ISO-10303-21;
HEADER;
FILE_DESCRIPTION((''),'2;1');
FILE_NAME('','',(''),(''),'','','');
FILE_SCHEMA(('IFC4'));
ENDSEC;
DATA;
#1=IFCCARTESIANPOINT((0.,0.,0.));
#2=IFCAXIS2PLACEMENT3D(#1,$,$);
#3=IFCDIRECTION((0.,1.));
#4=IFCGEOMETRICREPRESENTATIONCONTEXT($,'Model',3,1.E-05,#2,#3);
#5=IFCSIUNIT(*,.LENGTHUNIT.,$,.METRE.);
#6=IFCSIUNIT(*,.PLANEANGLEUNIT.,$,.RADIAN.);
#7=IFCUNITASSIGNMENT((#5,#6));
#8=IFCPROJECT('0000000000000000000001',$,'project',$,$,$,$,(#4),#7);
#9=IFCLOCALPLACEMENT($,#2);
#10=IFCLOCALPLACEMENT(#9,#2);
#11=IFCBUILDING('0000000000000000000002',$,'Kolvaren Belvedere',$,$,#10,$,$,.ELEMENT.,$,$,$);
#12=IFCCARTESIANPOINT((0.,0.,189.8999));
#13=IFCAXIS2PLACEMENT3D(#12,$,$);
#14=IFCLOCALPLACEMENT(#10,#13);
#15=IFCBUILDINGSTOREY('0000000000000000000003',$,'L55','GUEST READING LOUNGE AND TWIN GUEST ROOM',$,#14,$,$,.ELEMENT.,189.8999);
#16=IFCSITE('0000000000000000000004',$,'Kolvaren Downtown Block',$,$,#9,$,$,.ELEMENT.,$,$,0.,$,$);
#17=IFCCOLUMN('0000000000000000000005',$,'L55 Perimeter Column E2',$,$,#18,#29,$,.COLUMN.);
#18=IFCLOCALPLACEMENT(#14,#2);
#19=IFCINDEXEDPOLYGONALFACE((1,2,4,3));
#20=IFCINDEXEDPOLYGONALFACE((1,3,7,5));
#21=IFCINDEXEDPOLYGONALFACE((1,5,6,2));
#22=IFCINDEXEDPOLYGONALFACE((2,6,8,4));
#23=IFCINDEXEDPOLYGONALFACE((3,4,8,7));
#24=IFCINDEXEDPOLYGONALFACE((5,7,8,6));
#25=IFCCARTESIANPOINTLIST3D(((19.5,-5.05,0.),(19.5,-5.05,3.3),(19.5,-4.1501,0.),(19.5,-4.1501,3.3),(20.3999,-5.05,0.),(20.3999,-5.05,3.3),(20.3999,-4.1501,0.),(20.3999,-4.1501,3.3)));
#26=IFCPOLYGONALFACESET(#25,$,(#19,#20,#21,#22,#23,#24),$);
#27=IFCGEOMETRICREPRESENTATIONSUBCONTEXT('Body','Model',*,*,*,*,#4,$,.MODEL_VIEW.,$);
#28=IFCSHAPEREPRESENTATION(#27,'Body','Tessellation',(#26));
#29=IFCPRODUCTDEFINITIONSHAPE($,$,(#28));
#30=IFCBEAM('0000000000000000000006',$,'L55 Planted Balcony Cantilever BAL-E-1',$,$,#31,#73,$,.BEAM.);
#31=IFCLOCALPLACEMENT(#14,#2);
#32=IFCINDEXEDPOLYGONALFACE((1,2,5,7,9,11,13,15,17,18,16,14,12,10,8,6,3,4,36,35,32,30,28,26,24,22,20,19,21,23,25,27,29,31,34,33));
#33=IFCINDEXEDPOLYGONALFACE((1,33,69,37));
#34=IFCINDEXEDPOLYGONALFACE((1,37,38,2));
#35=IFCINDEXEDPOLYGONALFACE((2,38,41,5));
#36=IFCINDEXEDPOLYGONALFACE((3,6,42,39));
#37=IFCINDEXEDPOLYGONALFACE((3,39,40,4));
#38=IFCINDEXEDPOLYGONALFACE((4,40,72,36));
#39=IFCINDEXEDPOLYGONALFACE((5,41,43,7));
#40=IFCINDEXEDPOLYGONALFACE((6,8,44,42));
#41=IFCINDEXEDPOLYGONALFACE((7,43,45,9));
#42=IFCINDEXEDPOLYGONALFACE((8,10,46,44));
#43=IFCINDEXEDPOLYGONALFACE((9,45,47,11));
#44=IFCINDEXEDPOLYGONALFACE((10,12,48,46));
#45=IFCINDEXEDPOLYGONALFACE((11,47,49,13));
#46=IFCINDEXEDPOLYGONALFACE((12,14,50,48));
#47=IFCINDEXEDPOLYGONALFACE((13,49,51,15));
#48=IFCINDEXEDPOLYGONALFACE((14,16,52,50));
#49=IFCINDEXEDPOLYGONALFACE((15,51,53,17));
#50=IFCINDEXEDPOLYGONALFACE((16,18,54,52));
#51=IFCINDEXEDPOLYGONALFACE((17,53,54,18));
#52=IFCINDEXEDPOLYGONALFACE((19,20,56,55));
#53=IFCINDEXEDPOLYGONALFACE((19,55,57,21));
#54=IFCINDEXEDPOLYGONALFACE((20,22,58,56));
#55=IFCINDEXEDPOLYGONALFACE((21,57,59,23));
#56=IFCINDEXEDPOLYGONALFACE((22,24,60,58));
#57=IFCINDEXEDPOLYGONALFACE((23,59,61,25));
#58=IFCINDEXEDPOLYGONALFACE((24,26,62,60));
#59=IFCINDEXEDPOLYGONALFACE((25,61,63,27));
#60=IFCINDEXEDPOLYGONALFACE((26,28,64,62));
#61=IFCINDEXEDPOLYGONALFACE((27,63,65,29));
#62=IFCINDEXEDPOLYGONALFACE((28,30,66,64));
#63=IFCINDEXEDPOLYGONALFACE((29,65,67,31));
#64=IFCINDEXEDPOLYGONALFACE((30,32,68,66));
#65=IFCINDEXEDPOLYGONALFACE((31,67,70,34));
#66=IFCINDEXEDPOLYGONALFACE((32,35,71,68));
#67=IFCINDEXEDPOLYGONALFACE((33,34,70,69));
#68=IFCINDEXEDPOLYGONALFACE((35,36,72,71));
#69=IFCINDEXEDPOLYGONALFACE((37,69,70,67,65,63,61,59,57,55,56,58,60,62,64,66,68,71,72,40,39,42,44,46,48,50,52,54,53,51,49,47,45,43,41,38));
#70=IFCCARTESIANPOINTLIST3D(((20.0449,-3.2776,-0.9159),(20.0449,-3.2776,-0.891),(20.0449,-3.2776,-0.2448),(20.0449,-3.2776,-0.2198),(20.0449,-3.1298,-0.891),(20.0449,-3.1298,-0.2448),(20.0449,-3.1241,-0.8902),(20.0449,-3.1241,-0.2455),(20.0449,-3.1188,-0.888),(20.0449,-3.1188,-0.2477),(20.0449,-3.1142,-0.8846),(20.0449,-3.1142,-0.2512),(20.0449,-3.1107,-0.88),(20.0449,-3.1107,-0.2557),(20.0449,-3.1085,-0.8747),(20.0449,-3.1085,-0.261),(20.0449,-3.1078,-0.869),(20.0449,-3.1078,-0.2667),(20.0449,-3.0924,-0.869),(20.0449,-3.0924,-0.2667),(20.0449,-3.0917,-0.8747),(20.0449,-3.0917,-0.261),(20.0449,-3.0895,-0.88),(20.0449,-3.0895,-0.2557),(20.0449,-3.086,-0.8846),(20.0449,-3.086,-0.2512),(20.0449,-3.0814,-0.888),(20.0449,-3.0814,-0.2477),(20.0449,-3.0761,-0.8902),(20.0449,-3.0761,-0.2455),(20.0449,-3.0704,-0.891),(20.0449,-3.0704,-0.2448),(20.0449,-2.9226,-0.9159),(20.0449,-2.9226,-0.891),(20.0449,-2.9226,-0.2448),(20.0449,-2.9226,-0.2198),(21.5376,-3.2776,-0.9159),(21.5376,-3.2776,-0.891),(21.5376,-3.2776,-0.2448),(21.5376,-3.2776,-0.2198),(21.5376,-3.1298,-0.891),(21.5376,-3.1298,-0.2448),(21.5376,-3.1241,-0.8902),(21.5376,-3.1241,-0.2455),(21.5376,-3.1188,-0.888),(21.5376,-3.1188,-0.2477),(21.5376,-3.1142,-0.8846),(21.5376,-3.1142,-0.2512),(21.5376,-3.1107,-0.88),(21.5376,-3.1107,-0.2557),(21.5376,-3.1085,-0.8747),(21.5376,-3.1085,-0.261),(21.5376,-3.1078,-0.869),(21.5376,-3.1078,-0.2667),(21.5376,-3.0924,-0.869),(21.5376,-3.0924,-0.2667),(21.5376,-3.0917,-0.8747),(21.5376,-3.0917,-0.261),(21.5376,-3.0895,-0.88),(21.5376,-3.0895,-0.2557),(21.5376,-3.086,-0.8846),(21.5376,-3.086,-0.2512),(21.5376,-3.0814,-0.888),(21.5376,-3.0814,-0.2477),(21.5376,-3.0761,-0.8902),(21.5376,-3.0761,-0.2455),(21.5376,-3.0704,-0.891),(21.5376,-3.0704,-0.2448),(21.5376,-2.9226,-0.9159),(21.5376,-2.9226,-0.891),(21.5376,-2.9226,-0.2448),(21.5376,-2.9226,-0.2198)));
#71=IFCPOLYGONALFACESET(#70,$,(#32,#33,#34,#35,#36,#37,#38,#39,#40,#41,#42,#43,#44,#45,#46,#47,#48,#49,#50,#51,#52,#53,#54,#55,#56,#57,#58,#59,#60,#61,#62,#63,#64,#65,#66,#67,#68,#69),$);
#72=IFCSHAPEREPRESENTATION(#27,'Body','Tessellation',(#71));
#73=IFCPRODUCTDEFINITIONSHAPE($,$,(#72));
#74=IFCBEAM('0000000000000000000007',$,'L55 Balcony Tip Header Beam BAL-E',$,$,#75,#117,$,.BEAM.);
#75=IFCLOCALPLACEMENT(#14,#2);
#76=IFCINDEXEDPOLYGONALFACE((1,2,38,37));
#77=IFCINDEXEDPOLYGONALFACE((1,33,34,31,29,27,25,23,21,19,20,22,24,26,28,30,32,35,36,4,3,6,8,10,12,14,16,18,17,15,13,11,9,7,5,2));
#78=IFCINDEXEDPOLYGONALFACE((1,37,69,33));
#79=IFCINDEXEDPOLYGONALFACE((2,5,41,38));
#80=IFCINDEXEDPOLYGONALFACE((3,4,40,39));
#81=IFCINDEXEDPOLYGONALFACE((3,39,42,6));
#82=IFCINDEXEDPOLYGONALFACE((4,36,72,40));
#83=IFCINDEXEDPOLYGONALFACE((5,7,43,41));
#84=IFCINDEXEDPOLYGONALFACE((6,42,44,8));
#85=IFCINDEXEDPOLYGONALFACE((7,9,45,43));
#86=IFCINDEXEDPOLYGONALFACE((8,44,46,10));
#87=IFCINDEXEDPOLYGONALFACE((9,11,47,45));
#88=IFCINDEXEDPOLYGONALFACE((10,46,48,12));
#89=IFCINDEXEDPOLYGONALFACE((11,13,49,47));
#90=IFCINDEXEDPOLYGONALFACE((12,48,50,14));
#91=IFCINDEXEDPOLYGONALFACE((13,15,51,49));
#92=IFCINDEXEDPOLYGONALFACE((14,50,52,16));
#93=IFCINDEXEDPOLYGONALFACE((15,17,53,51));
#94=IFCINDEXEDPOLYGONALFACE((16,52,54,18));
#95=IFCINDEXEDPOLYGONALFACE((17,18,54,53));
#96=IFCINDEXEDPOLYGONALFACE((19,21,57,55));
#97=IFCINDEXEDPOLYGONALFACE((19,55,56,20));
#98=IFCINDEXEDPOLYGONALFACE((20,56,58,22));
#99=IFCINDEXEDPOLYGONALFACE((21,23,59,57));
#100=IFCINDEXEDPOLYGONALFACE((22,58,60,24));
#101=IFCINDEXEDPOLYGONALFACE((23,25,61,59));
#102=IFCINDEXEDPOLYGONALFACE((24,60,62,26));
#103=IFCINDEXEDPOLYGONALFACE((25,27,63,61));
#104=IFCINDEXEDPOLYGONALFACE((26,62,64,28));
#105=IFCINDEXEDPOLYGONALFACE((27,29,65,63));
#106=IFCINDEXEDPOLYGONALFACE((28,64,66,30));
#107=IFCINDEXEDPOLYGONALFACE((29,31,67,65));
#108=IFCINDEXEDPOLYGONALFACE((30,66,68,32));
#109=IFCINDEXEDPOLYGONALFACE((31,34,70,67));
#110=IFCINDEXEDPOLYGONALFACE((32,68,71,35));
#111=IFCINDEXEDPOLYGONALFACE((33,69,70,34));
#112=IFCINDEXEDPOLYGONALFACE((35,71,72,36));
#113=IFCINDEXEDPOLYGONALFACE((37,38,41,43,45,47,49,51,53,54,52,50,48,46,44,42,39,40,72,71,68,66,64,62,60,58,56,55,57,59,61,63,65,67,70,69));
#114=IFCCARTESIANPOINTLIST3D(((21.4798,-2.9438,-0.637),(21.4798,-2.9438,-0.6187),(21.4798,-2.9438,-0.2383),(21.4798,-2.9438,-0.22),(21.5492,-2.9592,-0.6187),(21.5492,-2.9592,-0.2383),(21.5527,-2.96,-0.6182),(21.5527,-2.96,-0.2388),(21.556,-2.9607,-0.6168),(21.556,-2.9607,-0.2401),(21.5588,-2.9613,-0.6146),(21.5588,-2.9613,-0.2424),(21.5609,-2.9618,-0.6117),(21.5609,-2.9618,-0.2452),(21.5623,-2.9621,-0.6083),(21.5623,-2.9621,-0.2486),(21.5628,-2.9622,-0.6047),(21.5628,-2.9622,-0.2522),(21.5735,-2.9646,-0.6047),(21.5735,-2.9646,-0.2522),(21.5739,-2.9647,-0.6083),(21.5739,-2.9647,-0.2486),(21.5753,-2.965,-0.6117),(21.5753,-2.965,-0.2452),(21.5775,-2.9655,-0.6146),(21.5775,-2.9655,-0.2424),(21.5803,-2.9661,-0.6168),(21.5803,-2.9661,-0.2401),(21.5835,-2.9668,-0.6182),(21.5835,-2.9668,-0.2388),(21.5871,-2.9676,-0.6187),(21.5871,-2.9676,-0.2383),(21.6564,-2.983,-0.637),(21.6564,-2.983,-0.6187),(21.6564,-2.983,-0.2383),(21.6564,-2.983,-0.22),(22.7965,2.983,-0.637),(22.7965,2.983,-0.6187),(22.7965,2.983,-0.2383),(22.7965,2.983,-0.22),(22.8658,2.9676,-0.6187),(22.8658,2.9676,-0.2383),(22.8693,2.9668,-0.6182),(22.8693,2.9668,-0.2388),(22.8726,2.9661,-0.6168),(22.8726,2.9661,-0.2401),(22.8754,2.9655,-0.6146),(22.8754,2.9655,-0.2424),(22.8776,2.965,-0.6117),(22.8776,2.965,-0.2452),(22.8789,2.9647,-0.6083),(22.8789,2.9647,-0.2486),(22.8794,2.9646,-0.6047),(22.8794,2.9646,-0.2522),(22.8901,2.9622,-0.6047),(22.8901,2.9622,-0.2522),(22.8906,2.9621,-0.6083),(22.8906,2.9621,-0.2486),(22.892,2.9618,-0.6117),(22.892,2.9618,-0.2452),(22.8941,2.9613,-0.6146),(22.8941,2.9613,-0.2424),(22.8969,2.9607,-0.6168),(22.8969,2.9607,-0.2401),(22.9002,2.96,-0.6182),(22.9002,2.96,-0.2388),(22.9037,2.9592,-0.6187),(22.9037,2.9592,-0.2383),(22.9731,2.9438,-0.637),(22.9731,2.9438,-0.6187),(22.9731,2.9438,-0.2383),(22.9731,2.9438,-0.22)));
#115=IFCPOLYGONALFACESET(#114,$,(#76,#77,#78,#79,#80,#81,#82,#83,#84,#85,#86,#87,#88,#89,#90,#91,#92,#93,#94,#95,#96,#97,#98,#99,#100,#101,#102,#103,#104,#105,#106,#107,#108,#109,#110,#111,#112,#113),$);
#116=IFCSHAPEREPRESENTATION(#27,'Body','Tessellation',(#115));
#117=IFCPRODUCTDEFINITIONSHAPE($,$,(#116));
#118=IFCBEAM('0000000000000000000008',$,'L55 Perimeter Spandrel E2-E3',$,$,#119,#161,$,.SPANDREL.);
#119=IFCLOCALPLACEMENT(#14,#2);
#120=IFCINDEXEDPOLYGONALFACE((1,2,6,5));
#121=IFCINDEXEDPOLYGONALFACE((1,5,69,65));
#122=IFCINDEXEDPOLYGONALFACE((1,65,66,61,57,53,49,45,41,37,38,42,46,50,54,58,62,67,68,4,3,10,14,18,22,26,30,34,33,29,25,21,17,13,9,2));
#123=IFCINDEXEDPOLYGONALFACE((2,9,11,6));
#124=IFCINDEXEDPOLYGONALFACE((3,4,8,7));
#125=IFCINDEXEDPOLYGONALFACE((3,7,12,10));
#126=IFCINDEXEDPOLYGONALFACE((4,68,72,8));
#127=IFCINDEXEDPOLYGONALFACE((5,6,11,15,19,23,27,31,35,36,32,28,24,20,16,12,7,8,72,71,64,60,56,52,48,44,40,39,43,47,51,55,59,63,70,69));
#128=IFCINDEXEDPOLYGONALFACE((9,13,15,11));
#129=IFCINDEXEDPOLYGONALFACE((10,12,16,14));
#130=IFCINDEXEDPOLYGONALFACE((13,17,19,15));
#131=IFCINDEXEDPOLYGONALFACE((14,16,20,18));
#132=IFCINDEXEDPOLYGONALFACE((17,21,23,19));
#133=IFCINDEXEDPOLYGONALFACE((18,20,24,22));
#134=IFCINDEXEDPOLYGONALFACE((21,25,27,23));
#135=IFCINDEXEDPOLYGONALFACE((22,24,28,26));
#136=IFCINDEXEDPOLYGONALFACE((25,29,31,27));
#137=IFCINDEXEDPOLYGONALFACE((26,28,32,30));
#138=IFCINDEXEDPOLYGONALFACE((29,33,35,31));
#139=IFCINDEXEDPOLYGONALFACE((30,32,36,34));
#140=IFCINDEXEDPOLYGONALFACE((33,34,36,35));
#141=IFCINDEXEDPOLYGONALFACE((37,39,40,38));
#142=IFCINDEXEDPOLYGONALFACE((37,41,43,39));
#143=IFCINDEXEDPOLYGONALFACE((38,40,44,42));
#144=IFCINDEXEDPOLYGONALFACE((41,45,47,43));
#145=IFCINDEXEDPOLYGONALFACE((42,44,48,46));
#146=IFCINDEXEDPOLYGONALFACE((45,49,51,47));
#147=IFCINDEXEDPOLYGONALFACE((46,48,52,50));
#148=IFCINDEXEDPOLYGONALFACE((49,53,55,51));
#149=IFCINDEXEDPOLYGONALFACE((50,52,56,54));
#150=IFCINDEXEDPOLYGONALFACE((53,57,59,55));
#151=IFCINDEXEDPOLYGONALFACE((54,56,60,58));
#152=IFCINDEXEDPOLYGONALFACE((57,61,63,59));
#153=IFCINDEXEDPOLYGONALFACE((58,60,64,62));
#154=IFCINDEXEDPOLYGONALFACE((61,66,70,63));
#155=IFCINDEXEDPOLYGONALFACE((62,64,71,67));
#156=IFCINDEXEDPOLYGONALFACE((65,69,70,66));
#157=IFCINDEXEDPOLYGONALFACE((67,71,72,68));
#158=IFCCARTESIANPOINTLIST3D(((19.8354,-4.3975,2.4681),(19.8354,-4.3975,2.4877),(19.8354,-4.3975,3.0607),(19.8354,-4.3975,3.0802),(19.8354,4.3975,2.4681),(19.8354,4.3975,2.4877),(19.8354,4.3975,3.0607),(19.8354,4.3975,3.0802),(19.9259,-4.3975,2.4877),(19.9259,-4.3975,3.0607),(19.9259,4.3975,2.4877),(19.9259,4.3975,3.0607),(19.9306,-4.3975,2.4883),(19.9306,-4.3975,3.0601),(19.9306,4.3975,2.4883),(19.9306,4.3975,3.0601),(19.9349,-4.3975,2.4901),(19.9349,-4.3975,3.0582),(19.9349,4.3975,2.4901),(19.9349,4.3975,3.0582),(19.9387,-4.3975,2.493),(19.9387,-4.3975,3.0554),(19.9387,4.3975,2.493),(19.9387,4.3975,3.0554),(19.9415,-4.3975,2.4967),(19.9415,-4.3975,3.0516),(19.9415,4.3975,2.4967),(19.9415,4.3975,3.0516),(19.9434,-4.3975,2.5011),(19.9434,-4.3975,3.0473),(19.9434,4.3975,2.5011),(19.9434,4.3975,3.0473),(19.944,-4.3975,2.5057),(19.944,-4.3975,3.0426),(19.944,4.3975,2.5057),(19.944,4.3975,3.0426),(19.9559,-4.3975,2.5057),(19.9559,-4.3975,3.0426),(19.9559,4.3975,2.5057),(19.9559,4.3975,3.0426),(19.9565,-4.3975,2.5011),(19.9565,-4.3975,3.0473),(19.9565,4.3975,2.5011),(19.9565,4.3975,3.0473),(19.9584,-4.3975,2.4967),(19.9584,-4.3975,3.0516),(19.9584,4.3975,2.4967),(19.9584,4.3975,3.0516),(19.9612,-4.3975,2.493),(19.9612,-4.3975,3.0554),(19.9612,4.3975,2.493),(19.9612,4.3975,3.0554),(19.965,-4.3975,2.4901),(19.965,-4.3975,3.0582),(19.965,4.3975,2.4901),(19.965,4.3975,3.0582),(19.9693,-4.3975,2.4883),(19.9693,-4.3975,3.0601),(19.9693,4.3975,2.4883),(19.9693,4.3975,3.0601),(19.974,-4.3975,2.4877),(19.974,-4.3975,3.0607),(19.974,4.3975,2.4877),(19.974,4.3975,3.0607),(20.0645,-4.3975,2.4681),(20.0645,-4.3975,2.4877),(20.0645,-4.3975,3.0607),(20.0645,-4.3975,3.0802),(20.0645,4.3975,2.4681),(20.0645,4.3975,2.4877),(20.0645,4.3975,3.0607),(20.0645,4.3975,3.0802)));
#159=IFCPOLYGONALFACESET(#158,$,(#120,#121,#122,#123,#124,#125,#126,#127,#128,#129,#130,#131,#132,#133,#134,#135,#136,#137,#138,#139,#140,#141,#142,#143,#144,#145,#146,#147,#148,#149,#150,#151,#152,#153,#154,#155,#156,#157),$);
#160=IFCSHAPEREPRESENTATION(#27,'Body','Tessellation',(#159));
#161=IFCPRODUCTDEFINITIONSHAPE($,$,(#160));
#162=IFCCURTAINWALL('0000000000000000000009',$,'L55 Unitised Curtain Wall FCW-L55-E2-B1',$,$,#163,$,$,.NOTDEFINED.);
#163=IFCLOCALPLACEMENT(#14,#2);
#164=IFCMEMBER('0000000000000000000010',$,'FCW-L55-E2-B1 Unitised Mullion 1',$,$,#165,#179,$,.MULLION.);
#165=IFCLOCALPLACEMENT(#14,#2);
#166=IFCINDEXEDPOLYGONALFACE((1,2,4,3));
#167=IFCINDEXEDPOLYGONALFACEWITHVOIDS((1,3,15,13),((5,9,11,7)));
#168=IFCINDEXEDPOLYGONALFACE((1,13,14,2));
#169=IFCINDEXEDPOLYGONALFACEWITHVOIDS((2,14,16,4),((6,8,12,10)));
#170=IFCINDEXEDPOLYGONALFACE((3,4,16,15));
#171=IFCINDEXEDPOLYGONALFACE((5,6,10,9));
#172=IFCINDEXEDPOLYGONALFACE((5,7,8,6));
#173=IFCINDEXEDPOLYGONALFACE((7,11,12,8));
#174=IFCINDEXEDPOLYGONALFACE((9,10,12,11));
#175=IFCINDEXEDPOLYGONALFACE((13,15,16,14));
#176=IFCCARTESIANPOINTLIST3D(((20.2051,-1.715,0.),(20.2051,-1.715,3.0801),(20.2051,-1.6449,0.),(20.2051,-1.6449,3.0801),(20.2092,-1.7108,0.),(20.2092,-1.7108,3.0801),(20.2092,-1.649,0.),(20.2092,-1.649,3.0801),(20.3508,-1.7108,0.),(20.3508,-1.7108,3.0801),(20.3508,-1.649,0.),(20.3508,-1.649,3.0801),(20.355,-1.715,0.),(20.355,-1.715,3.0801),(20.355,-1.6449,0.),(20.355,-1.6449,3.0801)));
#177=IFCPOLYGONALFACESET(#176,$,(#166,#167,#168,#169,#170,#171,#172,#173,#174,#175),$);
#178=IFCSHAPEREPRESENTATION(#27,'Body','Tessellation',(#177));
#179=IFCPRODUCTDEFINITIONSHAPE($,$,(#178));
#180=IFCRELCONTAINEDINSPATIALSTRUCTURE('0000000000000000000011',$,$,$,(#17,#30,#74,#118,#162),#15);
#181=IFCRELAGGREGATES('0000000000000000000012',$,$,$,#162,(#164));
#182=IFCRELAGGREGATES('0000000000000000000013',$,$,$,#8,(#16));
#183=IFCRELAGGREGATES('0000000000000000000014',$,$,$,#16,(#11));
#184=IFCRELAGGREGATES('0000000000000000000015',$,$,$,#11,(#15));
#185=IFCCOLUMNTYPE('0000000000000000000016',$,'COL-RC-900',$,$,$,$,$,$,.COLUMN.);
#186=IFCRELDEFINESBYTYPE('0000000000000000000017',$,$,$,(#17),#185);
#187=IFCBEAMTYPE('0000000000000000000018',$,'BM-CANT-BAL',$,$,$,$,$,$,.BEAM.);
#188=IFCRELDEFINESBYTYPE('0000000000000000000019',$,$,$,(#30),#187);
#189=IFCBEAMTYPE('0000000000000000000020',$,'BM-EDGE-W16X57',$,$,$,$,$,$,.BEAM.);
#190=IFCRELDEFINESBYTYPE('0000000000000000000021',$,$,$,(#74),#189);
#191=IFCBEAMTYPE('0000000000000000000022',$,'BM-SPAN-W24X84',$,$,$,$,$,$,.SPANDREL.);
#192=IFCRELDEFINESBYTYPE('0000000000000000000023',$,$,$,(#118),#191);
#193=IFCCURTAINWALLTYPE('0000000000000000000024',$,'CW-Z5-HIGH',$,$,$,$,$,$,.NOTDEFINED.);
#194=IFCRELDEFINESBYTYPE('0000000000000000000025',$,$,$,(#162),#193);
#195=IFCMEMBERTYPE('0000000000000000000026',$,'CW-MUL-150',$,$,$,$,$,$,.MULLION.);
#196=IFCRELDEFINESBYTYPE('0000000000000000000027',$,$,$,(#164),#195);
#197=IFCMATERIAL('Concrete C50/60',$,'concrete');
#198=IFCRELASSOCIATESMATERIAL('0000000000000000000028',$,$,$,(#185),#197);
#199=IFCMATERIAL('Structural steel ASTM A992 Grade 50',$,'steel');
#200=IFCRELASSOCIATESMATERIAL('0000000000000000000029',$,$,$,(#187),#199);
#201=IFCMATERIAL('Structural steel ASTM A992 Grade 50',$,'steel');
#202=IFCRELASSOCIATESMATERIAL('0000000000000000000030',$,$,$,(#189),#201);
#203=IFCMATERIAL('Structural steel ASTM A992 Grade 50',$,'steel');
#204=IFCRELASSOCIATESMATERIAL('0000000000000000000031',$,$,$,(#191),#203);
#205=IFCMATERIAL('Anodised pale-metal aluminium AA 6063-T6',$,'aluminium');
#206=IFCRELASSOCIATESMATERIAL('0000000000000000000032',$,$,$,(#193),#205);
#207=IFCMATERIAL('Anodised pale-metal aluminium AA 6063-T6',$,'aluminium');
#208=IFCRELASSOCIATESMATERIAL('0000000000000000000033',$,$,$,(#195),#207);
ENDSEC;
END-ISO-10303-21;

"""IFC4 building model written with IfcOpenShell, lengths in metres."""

from ifc_helpers import new_model, si_unit, direction, frame, origin, origin_2d, place, context, subcontext, project, spatial, rectangle, hollow_rectangle, i_section, extrude, material, material_profile, profile_set, type_object, element, aggregate, save


model = new_model("IFC4")

# Units and contexts
model_context = context("Model", 3, precision=1e-05, world=origin(), true_north=direction((0.0, 1.0)))
body_context = subcontext(model_context, "Body", "Model", "MODEL_VIEW")
ifc_project = project(units=[si_unit("LENGTHUNIT", "METRE"), si_unit("PLANEANGLEUNIT", "RADIAN")], contexts=[model_context])

# Site, building, storey
site_placement = place(None, origin())
site = spatial("IfcSite", under=ifc_project, at=site_placement, Name="Kolvaren Downtown Block", CompositionType="ELEMENT", RefElevation=0.0)
building_placement = place(site_placement, origin())
building = spatial("IfcBuilding", under=site, at=building_placement, Name="Kolvaren Belvedere", CompositionType="ELEMENT")
storey_placement = place(building_placement, frame((0.0, 0.0, 189.8999)))
storey = spatial("IfcBuildingStorey", under=building, at=storey_placement, Name="L55", Description="GUEST READING LOUNGE AND TWIN GUEST ROOM", CompositionType="ELEMENT", Elevation=189.8999)

# Column
ifc_material_1 = material(Name="Concrete C50/60", Category="concrete")
ifc_material_profile_1 = material_profile(ifc_material_1, rectangle(XDim=0.8999, YDim=0.8999, at=origin_2d()), Name="RC 900X900")
ifc_profile_set_1 = profile_set([ifc_material_profile_1], Name="Concrete C50/60")
column_type = type_object("IfcColumnType", Name="COL-RC-900", PredefinedType="COLUMN", material=ifc_profile_set_1)
column_placement = place(storey_placement, frame((19.95, -4.6001, 0.0), z_axis=(0.0, 0.0, 1.0), x_axis=(1.0, 0.0, 0.0)))
element("IfcColumn", 1, at=column_placement, inside=storey, type_object=column_type, Name="L55 Perimeter Column E2", PredefinedType="COLUMN", context=body_context, shape_type="SweptSolid", body=[
    extrude(rectangle(XDim=0.8999, YDim=0.8999, at=origin_2d()), origin(), (0.0, 0.0, 1.0), 3.3),
])

# Beams
ifc_material_2 = material(Name="Structural steel ASTM A992 Grade 50", Category="steel")
ifc_material_profile_2 = material_profile(ifc_material_2, i_section(OverallWidth=0.355, OverallDepth=0.696, WebThickness=0.0154, FlangeThickness=0.0249, FilletRadius=0.022, at=origin_2d()), Name="W27X146")
ifc_profile_set_2 = profile_set([ifc_material_profile_2], Name="Structural steel ASTM A992 Grade 50")
beam_type_1 = type_object("IfcBeamType", Name="BM-CANT-BAL", PredefinedType="BEAM", material=ifc_profile_set_2)
beam_1_placement = place(storey_placement, frame((20.0449, -3.1001, -0.5679), z_axis=(1.0, 0.0, 0.0), x_axis=(0.0, 1.0, 0.0)))
element("IfcBeam", 2, at=beam_1_placement, inside=storey, type_object=beam_type_1, Name="L55 Planted Balcony Cantilever BAL-E-1", PredefinedType="BEAM", context=body_context, shape_type="SweptSolid", body=[
    extrude(i_section(OverallWidth=0.355, OverallDepth=0.696, WebThickness=0.0154, FlangeThickness=0.0249, FilletRadius=0.022, at=origin_2d()), origin(), (0.0, 0.0, 1.0), 1.4927),
])
ifc_material_3 = material(Name="Structural steel ASTM A992 Grade 50", Category="steel")
ifc_material_profile_3 = material_profile(ifc_material_3, i_section(OverallWidth=0.1809, OverallDepth=0.417, WebThickness=0.011, FlangeThickness=0.0183, FilletRadius=0.0139, at=origin_2d()), Name="W16X57")
ifc_profile_set_3 = profile_set([ifc_material_profile_3], Name="Structural steel ASTM A992 Grade 50")
beam_type_2 = type_object("IfcBeamType", Name="BM-EDGE-W16X57", PredefinedType="BEAM", material=ifc_profile_set_3)
beam_2_placement = place(storey_placement, frame((21.5681, -2.9634, -0.4285), z_axis=(0.216867, 0.976201, 0.0), x_axis=(-0.976201, 0.216867, 0.0)))
element("IfcBeam", 3, at=beam_2_placement, inside=storey, type_object=beam_type_2, Name="L55 Balcony Tip Header Beam BAL-E", PredefinedType="BEAM", context=body_context, shape_type="SweptSolid", body=[
    extrude(i_section(OverallWidth=0.1809, OverallDepth=0.417, WebThickness=0.011, FlangeThickness=0.0183, FilletRadius=0.0139, at=origin_2d()), origin(), (0.0, 0.0, 1.0), 6.0713),
])
ifc_material_4 = material(Name="Structural steel ASTM A992 Grade 50", Category="steel")
ifc_material_profile_4 = material_profile(ifc_material_4, i_section(OverallWidth=0.229, OverallDepth=0.6121, WebThickness=0.012, FlangeThickness=0.0195, FilletRadius=0.0181, at=origin_2d()), Name="W24X84")
ifc_profile_set_4 = profile_set([ifc_material_profile_4], Name="Structural steel ASTM A992 Grade 50")
beam_type_3 = type_object("IfcBeamType", Name="BM-SPAN-W24X84", PredefinedType="SPANDREL", material=ifc_profile_set_4)
beam_3_placement = place(storey_placement, frame((19.95, -4.3975, 2.7742), z_axis=(0.0, 1.0, 0.0), x_axis=(-1.0, 0.0, 0.0)))
element("IfcBeam", 4, at=beam_3_placement, inside=storey, type_object=beam_type_3, Name="L55 Perimeter Spandrel E2-E3", PredefinedType="SPANDREL", context=body_context, shape_type="SweptSolid", body=[
    extrude(i_section(OverallWidth=0.229, OverallDepth=0.6121, WebThickness=0.012, FlangeThickness=0.0195, FilletRadius=0.0181, at=origin_2d()), origin(), (0.0, 0.0, 1.0), 8.7949),
])

# Curtain wall, member
ifc_material_5 = material(Name="Anodised pale-metal aluminium AA 6063-T6", Category="aluminium")
curtain_wall_type = type_object("IfcCurtainWallType", Name="CW-Z5-HIGH", PredefinedType="NOTDEFINED", material=ifc_material_5)
curtain_wall_1_placement = place(storey_placement, origin())
curtain_wall_1 = element("IfcCurtainWall", 5, at=curtain_wall_1_placement, inside=storey, type_object=curtain_wall_type, Name="L55 Unitised Curtain Wall FCW-L55-E2-B1", PredefinedType="NOTDEFINED")
ifc_material_6 = material(Name="Anodised pale-metal aluminium AA 6063-T6", Category="aluminium")
ifc_material_profile_5 = material_profile(ifc_material_6, hollow_rectangle(XDim=0.0701, YDim=0.1499, WallThickness=0.0042, at=origin_2d()), Name="ALU-MUL-150X70")
ifc_profile_set_5 = profile_set([ifc_material_profile_5], Name="Anodised pale-metal aluminium AA 6063-T6")
member_type_1 = type_object("IfcMemberType", Name="CW-MUL-150", PredefinedType="MULLION", material=ifc_profile_set_5)
member_1_placement = place(storey_placement, frame((20.28, -1.6799, 0.0), z_axis=(0.0, 0.0, 1.0), x_axis=(0.0, 1.0, 0.0)))
member_1 = element("IfcMember", 6, at=member_1_placement, type_object=member_type_1, Name="FCW-L55-E2-B1 Unitised Mullion 1", PredefinedType="MULLION", context=body_context, shape_type="SweptSolid", body=[
    extrude(hollow_rectangle(XDim=0.0701, YDim=0.1499, WallThickness=0.0042, at=origin_2d()), origin(), (0.0, 0.0, 1.0), 3.0801),
])

aggregate(curtain_wall_1, [member_1])

save(model, "model.ifc")
